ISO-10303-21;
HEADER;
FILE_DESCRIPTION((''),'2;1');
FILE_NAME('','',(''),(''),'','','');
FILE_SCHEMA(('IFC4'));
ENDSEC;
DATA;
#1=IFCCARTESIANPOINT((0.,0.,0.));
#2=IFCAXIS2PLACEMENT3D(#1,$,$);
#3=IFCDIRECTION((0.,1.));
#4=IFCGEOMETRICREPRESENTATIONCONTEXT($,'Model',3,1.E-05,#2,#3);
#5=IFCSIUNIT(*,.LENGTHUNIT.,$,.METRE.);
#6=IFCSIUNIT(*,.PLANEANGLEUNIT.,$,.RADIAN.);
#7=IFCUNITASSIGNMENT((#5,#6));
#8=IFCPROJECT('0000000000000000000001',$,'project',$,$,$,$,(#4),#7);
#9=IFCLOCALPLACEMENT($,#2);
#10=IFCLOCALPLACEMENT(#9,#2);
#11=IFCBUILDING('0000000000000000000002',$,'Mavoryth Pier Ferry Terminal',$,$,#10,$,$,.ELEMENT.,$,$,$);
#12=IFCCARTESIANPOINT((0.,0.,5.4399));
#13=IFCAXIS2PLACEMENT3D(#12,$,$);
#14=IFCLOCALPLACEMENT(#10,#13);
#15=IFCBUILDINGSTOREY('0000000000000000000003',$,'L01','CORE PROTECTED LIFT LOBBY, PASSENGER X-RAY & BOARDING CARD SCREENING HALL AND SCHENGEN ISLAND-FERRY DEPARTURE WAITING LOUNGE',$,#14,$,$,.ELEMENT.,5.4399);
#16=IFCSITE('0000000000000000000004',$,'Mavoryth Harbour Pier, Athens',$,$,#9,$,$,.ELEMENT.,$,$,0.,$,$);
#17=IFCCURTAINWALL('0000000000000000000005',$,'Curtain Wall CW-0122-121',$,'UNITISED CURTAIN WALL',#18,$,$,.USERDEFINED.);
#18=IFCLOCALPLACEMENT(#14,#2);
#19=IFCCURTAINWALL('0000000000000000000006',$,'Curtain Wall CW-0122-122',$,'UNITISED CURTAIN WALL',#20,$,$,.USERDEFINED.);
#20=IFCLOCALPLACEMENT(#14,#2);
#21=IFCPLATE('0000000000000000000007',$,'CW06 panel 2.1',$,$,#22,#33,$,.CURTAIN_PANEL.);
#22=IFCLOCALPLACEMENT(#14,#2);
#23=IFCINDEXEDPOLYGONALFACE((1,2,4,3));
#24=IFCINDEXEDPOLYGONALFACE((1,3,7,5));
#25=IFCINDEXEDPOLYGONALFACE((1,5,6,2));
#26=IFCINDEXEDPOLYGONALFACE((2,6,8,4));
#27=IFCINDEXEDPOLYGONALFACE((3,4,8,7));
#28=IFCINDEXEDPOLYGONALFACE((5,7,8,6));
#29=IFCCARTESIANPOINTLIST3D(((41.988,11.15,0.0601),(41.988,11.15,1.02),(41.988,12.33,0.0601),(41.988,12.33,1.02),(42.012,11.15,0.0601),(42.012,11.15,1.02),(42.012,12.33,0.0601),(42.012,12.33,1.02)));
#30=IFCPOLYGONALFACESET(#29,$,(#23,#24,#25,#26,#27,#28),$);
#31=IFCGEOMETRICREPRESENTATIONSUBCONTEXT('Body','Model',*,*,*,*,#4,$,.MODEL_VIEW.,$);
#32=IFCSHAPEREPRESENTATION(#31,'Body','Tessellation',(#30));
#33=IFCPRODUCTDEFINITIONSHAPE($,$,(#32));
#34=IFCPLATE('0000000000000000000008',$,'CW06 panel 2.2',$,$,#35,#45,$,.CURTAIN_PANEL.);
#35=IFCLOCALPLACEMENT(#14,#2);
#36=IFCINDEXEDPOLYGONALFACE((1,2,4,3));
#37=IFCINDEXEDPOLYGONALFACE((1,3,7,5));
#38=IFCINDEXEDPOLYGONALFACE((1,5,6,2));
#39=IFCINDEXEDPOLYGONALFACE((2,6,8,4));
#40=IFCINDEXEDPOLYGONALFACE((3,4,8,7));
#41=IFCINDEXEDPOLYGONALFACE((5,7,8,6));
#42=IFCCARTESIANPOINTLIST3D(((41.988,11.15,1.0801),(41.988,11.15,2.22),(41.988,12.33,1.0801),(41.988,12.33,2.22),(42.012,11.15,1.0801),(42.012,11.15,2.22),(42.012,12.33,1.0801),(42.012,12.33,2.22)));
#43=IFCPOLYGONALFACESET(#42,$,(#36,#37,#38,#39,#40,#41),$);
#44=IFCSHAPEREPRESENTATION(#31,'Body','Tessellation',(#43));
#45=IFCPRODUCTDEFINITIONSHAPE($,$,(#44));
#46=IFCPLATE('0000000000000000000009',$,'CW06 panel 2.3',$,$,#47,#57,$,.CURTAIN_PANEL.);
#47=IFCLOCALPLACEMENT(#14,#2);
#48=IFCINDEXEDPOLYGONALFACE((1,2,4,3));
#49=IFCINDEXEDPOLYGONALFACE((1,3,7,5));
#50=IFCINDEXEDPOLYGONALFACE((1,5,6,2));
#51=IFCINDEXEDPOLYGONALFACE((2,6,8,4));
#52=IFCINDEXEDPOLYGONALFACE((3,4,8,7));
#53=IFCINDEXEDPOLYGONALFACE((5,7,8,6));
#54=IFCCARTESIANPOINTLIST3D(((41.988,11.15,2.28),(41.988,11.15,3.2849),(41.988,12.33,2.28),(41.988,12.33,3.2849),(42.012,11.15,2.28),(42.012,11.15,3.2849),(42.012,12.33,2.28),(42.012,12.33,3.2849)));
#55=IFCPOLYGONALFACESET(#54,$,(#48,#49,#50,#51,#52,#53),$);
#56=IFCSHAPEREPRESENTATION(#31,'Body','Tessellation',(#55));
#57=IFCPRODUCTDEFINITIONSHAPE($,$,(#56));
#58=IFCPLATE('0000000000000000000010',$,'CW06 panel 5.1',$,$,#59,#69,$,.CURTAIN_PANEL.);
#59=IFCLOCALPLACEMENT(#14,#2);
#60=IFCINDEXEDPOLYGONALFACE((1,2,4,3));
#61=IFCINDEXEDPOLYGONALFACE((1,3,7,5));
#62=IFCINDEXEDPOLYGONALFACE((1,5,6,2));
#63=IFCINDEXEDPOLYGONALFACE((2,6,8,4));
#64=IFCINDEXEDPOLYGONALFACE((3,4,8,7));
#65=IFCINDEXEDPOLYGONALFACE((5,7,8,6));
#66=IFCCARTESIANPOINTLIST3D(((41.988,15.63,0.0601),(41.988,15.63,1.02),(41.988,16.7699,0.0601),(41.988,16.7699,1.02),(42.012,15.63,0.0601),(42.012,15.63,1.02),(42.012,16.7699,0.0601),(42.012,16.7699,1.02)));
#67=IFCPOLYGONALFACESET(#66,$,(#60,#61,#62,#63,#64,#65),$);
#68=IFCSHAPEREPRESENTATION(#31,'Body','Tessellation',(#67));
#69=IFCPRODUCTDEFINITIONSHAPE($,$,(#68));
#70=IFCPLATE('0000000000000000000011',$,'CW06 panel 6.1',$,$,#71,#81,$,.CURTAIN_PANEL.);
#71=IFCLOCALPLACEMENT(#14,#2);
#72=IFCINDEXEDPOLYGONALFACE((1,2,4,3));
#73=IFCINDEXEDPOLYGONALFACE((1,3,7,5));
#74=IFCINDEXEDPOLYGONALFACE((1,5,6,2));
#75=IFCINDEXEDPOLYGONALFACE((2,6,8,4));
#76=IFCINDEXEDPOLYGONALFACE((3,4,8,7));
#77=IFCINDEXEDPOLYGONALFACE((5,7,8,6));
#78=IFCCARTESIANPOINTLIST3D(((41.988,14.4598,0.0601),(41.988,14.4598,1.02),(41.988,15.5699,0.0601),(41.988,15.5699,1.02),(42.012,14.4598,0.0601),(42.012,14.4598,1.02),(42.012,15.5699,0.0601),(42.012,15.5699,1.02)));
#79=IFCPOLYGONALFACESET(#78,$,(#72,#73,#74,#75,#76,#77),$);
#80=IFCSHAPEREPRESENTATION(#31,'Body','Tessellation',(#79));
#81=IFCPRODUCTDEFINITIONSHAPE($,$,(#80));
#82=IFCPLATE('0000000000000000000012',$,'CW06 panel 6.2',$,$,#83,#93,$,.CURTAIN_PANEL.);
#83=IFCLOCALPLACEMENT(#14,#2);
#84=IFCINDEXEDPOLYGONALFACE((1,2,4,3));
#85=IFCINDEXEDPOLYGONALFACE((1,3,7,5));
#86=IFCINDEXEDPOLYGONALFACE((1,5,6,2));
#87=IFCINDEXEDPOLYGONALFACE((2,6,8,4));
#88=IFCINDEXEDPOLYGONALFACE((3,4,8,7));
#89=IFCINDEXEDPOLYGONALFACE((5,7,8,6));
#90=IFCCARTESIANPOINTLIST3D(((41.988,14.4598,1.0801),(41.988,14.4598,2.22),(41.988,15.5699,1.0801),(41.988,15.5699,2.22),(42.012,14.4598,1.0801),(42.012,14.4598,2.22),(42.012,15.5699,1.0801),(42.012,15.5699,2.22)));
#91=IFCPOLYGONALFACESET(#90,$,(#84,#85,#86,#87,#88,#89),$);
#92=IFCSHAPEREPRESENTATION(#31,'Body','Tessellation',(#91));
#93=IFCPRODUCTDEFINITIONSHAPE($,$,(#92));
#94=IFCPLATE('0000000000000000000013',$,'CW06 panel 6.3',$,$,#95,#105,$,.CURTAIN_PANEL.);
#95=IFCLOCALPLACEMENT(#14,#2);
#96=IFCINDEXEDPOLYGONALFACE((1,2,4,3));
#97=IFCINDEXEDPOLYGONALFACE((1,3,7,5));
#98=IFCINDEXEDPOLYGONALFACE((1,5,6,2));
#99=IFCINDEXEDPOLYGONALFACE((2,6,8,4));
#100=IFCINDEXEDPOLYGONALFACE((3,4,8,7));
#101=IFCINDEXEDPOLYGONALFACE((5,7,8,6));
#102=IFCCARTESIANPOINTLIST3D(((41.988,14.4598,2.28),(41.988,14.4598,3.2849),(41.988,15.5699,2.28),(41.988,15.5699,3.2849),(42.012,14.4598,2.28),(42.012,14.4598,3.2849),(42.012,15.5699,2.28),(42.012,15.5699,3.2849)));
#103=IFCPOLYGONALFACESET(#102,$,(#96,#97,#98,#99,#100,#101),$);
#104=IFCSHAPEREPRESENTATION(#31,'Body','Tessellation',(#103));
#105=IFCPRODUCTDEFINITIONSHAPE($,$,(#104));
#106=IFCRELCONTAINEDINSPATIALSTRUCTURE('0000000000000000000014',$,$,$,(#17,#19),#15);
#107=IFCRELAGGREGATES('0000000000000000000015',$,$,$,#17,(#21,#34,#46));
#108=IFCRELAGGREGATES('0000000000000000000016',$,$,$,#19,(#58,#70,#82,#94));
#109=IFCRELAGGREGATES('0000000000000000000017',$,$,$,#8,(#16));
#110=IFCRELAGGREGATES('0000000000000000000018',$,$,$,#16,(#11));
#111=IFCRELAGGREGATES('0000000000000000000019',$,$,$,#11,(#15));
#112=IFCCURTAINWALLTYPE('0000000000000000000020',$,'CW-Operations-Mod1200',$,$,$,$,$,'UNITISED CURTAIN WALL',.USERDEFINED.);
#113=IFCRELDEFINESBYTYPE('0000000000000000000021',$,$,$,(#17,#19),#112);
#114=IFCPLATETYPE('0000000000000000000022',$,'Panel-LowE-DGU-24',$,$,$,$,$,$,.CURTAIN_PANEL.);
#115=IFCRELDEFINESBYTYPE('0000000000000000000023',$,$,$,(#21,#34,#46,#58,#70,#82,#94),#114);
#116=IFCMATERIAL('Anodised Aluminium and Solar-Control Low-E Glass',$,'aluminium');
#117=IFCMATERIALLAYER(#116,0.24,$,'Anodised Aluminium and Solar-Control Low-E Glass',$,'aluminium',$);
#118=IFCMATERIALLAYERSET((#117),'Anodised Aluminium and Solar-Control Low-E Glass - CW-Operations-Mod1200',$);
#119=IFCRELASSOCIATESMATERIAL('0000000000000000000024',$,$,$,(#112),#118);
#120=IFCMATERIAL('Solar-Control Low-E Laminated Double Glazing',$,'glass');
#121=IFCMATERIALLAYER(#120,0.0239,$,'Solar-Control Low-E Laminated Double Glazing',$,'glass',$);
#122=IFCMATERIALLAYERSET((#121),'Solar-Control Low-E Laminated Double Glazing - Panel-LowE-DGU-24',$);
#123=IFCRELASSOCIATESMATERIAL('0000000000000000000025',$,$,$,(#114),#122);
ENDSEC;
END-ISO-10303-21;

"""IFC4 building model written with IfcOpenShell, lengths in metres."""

from ifc_helpers import new_model, si_unit, direction, frame, origin, origin_2d, place, context, subcontext, project, spatial, rectangle, extrude, material, layer, layer_set, type_object, element, aggregate, save


model = new_model("IFC4")

# Units and contexts
model_context = context("Model", 3, precision=1e-05, world=origin(), true_north=direction((0.0, 1.0)))
body_context = subcontext(model_context, "Body", "Model", "MODEL_VIEW")
ifc_project = project(units=[si_unit("LENGTHUNIT", "METRE"), si_unit("PLANEANGLEUNIT", "RADIAN")], contexts=[model_context])

# Site, building, storey
site_placement = place(None, origin())
site = spatial("IfcSite", under=ifc_project, at=site_placement, Name="Mavoryth Harbour Pier, Athens", CompositionType="ELEMENT", RefElevation=0.0)
building_placement = place(site_placement, origin())
building = spatial("IfcBuilding", under=site, at=building_placement, Name="Mavoryth Pier Ferry Terminal", CompositionType="ELEMENT")
storey_placement = place(building_placement, frame((0.0, 0.0, 5.4399)))
storey = spatial("IfcBuildingStorey", under=building, at=storey_placement, Name="L01", Description="CORE PROTECTED LIFT LOBBY, PASSENGER X-RAY & BOARDING CARD SCREENING HALL AND SCHENGEN ISLAND-FERRY DEPARTURE WAITING LOUNGE", CompositionType="ELEMENT", Elevation=5.4399)

# Curtain walls
ifc_material_1 = material(Name="Anodised Aluminium and Solar-Control Low-E Glass", Category="aluminium")
ifc_layer_1 = layer(ifc_material_1, 0.24, Name="Anodised Aluminium and Solar-Control Low-E Glass", Category="aluminium")
ifc_layer_set_1 = layer_set([ifc_layer_1], Name="Anodised Aluminium and Solar-Control Low-E Glass - CW-Operations-Mod1200")
curtain_wall_type_1 = type_object("IfcCurtainWallType", Name="CW-Operations-Mod1200", ElementType="UNITISED CURTAIN WALL", PredefinedType="USERDEFINED", material=ifc_layer_set_1)
curtain_wall_1_placement = place(storey_placement, origin())
curtain_wall_1 = element("IfcCurtainWall", 1, at=curtain_wall_1_placement, inside=storey, type_object=curtain_wall_type_1, Name="Curtain Wall CW-0122-121", ObjectType="UNITISED CURTAIN WALL", PredefinedType="USERDEFINED")
curtain_wall_2_placement = place(storey_placement, origin())
curtain_wall_2 = element("IfcCurtainWall", 2, at=curtain_wall_2_placement, inside=storey, type_object=curtain_wall_type_1, Name="Curtain Wall CW-0122-122", ObjectType="UNITISED CURTAIN WALL", PredefinedType="USERDEFINED")

# Shared definitions
ifc_material_2 = material(Name="Solar-Control Low-E Laminated Double Glazing", Category="glass")
ifc_layer_2 = layer(ifc_material_2, 0.0239, Name="Solar-Control Low-E Laminated Double Glazing", Category="glass")
ifc_layer_set_2 = layer_set([ifc_layer_2], Name="Solar-Control Low-E Laminated Double Glazing - Panel-LowE-DGU-24")
plate_type = type_object("IfcPlateType", Name="Panel-LowE-DGU-24", PredefinedType="CURTAIN_PANEL", material=ifc_layer_set_2)

# Plates
plate_1_placement = place(storey_placement, frame((42.0, 11.74, 0.0601), z_axis=(0.0, 0.0, 1.0), x_axis=(0.0, -1.0, 0.0)))
plate_1 = element("IfcPlate", 3, at=plate_1_placement, type_object=plate_type, Name="CW06 panel 2.1", PredefinedType="CURTAIN_PANEL", context=body_context, shape_type="SweptSolid", body=[
    extrude(rectangle(XDim=1.1799, YDim=0.0239, at=origin_2d()), origin(), (0.0, 0.0, 1.0), 0.96),
])
plate_2_placement = place(storey_placement, frame((42.0, 11.74, 1.0801), z_axis=(0.0, 0.0, 1.0), x_axis=(0.0, -1.0, 0.0)))
plate_2 = element("IfcPlate", 4, at=plate_2_placement, type_object=plate_type, Name="CW06 panel 2.2", PredefinedType="CURTAIN_PANEL", context=body_context, shape_type="SweptSolid", body=[
    extrude(rectangle(XDim=1.1799, YDim=0.0239, at=origin_2d()), origin(), (0.0, 0.0, 1.0), 1.1399),
])
plate_3_placement = place(storey_placement, frame((42.0, 11.74, 2.28), z_axis=(0.0, 0.0, 1.0), x_axis=(0.0, -1.0, 0.0)))
plate_3 = element("IfcPlate", 5, at=plate_3_placement, type_object=plate_type, Name="CW06 panel 2.3", PredefinedType="CURTAIN_PANEL", context=body_context, shape_type="SweptSolid", body=[
    extrude(rectangle(XDim=1.1799, YDim=0.0239, at=origin_2d()), origin(), (0.0, 0.0, 1.0), 1.0049),
])
aggregate(curtain_wall_1, [plate_1, plate_2, plate_3])
plate_4_placement = place(storey_placement, frame((42.0, 16.2, 0.0601), z_axis=(0.0, 0.0, 1.0), x_axis=(0.0, -1.0, 0.0)))
plate_4 = element("IfcPlate", 6, at=plate_4_placement, type_object=plate_type, Name="CW06 panel 5.1", PredefinedType="CURTAIN_PANEL", context=body_context, shape_type="SweptSolid", body=[
    extrude(rectangle(XDim=1.1399, YDim=0.0239, at=origin_2d()), origin(), (0.0, 0.0, 1.0), 0.96),
])
plate_5_placement = place(storey_placement, frame((42.0, 15.0149, 0.0601), z_axis=(0.0, 0.0, 1.0), x_axis=(0.0, -1.0, 0.0)))
plate_5 = element("IfcPlate", 7, at=plate_5_placement, type_object=plate_type, Name="CW06 panel 6.1", PredefinedType="CURTAIN_PANEL", context=body_context, shape_type="SweptSolid", body=[
    extrude(rectangle(XDim=1.1101, YDim=0.0239, at=origin_2d()), origin(), (0.0, 0.0, 1.0), 0.96),
])
plate_6_placement = place(storey_placement, frame((42.0, 15.0149, 1.0801), z_axis=(0.0, 0.0, 1.0), x_axis=(0.0, -1.0, 0.0)))
plate_6 = element("IfcPlate", 8, at=plate_6_placement, type_object=plate_type, Name="CW06 panel 6.2", PredefinedType="CURTAIN_PANEL", context=body_context, shape_type="SweptSolid", body=[
    extrude(rectangle(XDim=1.1101, YDim=0.0239, at=origin_2d()), origin(), (0.0, 0.0, 1.0), 1.1399),
])
plate_7_placement = place(storey_placement, frame((42.0, 15.0149, 2.28), z_axis=(0.0, 0.0, 1.0), x_axis=(0.0, -1.0, 0.0)))
plate_7 = element("IfcPlate", 9, at=plate_7_placement, type_object=plate_type, Name="CW06 panel 6.3", PredefinedType="CURTAIN_PANEL", context=body_context, shape_type="SweptSolid", body=[
    extrude(rectangle(XDim=1.1101, YDim=0.0239, at=origin_2d()), origin(), (0.0, 0.0, 1.0), 1.0049),
])
aggregate(curtain_wall_2, [plate_4, plate_5, plate_6, plate_7])

save(model, "model.ifc")
